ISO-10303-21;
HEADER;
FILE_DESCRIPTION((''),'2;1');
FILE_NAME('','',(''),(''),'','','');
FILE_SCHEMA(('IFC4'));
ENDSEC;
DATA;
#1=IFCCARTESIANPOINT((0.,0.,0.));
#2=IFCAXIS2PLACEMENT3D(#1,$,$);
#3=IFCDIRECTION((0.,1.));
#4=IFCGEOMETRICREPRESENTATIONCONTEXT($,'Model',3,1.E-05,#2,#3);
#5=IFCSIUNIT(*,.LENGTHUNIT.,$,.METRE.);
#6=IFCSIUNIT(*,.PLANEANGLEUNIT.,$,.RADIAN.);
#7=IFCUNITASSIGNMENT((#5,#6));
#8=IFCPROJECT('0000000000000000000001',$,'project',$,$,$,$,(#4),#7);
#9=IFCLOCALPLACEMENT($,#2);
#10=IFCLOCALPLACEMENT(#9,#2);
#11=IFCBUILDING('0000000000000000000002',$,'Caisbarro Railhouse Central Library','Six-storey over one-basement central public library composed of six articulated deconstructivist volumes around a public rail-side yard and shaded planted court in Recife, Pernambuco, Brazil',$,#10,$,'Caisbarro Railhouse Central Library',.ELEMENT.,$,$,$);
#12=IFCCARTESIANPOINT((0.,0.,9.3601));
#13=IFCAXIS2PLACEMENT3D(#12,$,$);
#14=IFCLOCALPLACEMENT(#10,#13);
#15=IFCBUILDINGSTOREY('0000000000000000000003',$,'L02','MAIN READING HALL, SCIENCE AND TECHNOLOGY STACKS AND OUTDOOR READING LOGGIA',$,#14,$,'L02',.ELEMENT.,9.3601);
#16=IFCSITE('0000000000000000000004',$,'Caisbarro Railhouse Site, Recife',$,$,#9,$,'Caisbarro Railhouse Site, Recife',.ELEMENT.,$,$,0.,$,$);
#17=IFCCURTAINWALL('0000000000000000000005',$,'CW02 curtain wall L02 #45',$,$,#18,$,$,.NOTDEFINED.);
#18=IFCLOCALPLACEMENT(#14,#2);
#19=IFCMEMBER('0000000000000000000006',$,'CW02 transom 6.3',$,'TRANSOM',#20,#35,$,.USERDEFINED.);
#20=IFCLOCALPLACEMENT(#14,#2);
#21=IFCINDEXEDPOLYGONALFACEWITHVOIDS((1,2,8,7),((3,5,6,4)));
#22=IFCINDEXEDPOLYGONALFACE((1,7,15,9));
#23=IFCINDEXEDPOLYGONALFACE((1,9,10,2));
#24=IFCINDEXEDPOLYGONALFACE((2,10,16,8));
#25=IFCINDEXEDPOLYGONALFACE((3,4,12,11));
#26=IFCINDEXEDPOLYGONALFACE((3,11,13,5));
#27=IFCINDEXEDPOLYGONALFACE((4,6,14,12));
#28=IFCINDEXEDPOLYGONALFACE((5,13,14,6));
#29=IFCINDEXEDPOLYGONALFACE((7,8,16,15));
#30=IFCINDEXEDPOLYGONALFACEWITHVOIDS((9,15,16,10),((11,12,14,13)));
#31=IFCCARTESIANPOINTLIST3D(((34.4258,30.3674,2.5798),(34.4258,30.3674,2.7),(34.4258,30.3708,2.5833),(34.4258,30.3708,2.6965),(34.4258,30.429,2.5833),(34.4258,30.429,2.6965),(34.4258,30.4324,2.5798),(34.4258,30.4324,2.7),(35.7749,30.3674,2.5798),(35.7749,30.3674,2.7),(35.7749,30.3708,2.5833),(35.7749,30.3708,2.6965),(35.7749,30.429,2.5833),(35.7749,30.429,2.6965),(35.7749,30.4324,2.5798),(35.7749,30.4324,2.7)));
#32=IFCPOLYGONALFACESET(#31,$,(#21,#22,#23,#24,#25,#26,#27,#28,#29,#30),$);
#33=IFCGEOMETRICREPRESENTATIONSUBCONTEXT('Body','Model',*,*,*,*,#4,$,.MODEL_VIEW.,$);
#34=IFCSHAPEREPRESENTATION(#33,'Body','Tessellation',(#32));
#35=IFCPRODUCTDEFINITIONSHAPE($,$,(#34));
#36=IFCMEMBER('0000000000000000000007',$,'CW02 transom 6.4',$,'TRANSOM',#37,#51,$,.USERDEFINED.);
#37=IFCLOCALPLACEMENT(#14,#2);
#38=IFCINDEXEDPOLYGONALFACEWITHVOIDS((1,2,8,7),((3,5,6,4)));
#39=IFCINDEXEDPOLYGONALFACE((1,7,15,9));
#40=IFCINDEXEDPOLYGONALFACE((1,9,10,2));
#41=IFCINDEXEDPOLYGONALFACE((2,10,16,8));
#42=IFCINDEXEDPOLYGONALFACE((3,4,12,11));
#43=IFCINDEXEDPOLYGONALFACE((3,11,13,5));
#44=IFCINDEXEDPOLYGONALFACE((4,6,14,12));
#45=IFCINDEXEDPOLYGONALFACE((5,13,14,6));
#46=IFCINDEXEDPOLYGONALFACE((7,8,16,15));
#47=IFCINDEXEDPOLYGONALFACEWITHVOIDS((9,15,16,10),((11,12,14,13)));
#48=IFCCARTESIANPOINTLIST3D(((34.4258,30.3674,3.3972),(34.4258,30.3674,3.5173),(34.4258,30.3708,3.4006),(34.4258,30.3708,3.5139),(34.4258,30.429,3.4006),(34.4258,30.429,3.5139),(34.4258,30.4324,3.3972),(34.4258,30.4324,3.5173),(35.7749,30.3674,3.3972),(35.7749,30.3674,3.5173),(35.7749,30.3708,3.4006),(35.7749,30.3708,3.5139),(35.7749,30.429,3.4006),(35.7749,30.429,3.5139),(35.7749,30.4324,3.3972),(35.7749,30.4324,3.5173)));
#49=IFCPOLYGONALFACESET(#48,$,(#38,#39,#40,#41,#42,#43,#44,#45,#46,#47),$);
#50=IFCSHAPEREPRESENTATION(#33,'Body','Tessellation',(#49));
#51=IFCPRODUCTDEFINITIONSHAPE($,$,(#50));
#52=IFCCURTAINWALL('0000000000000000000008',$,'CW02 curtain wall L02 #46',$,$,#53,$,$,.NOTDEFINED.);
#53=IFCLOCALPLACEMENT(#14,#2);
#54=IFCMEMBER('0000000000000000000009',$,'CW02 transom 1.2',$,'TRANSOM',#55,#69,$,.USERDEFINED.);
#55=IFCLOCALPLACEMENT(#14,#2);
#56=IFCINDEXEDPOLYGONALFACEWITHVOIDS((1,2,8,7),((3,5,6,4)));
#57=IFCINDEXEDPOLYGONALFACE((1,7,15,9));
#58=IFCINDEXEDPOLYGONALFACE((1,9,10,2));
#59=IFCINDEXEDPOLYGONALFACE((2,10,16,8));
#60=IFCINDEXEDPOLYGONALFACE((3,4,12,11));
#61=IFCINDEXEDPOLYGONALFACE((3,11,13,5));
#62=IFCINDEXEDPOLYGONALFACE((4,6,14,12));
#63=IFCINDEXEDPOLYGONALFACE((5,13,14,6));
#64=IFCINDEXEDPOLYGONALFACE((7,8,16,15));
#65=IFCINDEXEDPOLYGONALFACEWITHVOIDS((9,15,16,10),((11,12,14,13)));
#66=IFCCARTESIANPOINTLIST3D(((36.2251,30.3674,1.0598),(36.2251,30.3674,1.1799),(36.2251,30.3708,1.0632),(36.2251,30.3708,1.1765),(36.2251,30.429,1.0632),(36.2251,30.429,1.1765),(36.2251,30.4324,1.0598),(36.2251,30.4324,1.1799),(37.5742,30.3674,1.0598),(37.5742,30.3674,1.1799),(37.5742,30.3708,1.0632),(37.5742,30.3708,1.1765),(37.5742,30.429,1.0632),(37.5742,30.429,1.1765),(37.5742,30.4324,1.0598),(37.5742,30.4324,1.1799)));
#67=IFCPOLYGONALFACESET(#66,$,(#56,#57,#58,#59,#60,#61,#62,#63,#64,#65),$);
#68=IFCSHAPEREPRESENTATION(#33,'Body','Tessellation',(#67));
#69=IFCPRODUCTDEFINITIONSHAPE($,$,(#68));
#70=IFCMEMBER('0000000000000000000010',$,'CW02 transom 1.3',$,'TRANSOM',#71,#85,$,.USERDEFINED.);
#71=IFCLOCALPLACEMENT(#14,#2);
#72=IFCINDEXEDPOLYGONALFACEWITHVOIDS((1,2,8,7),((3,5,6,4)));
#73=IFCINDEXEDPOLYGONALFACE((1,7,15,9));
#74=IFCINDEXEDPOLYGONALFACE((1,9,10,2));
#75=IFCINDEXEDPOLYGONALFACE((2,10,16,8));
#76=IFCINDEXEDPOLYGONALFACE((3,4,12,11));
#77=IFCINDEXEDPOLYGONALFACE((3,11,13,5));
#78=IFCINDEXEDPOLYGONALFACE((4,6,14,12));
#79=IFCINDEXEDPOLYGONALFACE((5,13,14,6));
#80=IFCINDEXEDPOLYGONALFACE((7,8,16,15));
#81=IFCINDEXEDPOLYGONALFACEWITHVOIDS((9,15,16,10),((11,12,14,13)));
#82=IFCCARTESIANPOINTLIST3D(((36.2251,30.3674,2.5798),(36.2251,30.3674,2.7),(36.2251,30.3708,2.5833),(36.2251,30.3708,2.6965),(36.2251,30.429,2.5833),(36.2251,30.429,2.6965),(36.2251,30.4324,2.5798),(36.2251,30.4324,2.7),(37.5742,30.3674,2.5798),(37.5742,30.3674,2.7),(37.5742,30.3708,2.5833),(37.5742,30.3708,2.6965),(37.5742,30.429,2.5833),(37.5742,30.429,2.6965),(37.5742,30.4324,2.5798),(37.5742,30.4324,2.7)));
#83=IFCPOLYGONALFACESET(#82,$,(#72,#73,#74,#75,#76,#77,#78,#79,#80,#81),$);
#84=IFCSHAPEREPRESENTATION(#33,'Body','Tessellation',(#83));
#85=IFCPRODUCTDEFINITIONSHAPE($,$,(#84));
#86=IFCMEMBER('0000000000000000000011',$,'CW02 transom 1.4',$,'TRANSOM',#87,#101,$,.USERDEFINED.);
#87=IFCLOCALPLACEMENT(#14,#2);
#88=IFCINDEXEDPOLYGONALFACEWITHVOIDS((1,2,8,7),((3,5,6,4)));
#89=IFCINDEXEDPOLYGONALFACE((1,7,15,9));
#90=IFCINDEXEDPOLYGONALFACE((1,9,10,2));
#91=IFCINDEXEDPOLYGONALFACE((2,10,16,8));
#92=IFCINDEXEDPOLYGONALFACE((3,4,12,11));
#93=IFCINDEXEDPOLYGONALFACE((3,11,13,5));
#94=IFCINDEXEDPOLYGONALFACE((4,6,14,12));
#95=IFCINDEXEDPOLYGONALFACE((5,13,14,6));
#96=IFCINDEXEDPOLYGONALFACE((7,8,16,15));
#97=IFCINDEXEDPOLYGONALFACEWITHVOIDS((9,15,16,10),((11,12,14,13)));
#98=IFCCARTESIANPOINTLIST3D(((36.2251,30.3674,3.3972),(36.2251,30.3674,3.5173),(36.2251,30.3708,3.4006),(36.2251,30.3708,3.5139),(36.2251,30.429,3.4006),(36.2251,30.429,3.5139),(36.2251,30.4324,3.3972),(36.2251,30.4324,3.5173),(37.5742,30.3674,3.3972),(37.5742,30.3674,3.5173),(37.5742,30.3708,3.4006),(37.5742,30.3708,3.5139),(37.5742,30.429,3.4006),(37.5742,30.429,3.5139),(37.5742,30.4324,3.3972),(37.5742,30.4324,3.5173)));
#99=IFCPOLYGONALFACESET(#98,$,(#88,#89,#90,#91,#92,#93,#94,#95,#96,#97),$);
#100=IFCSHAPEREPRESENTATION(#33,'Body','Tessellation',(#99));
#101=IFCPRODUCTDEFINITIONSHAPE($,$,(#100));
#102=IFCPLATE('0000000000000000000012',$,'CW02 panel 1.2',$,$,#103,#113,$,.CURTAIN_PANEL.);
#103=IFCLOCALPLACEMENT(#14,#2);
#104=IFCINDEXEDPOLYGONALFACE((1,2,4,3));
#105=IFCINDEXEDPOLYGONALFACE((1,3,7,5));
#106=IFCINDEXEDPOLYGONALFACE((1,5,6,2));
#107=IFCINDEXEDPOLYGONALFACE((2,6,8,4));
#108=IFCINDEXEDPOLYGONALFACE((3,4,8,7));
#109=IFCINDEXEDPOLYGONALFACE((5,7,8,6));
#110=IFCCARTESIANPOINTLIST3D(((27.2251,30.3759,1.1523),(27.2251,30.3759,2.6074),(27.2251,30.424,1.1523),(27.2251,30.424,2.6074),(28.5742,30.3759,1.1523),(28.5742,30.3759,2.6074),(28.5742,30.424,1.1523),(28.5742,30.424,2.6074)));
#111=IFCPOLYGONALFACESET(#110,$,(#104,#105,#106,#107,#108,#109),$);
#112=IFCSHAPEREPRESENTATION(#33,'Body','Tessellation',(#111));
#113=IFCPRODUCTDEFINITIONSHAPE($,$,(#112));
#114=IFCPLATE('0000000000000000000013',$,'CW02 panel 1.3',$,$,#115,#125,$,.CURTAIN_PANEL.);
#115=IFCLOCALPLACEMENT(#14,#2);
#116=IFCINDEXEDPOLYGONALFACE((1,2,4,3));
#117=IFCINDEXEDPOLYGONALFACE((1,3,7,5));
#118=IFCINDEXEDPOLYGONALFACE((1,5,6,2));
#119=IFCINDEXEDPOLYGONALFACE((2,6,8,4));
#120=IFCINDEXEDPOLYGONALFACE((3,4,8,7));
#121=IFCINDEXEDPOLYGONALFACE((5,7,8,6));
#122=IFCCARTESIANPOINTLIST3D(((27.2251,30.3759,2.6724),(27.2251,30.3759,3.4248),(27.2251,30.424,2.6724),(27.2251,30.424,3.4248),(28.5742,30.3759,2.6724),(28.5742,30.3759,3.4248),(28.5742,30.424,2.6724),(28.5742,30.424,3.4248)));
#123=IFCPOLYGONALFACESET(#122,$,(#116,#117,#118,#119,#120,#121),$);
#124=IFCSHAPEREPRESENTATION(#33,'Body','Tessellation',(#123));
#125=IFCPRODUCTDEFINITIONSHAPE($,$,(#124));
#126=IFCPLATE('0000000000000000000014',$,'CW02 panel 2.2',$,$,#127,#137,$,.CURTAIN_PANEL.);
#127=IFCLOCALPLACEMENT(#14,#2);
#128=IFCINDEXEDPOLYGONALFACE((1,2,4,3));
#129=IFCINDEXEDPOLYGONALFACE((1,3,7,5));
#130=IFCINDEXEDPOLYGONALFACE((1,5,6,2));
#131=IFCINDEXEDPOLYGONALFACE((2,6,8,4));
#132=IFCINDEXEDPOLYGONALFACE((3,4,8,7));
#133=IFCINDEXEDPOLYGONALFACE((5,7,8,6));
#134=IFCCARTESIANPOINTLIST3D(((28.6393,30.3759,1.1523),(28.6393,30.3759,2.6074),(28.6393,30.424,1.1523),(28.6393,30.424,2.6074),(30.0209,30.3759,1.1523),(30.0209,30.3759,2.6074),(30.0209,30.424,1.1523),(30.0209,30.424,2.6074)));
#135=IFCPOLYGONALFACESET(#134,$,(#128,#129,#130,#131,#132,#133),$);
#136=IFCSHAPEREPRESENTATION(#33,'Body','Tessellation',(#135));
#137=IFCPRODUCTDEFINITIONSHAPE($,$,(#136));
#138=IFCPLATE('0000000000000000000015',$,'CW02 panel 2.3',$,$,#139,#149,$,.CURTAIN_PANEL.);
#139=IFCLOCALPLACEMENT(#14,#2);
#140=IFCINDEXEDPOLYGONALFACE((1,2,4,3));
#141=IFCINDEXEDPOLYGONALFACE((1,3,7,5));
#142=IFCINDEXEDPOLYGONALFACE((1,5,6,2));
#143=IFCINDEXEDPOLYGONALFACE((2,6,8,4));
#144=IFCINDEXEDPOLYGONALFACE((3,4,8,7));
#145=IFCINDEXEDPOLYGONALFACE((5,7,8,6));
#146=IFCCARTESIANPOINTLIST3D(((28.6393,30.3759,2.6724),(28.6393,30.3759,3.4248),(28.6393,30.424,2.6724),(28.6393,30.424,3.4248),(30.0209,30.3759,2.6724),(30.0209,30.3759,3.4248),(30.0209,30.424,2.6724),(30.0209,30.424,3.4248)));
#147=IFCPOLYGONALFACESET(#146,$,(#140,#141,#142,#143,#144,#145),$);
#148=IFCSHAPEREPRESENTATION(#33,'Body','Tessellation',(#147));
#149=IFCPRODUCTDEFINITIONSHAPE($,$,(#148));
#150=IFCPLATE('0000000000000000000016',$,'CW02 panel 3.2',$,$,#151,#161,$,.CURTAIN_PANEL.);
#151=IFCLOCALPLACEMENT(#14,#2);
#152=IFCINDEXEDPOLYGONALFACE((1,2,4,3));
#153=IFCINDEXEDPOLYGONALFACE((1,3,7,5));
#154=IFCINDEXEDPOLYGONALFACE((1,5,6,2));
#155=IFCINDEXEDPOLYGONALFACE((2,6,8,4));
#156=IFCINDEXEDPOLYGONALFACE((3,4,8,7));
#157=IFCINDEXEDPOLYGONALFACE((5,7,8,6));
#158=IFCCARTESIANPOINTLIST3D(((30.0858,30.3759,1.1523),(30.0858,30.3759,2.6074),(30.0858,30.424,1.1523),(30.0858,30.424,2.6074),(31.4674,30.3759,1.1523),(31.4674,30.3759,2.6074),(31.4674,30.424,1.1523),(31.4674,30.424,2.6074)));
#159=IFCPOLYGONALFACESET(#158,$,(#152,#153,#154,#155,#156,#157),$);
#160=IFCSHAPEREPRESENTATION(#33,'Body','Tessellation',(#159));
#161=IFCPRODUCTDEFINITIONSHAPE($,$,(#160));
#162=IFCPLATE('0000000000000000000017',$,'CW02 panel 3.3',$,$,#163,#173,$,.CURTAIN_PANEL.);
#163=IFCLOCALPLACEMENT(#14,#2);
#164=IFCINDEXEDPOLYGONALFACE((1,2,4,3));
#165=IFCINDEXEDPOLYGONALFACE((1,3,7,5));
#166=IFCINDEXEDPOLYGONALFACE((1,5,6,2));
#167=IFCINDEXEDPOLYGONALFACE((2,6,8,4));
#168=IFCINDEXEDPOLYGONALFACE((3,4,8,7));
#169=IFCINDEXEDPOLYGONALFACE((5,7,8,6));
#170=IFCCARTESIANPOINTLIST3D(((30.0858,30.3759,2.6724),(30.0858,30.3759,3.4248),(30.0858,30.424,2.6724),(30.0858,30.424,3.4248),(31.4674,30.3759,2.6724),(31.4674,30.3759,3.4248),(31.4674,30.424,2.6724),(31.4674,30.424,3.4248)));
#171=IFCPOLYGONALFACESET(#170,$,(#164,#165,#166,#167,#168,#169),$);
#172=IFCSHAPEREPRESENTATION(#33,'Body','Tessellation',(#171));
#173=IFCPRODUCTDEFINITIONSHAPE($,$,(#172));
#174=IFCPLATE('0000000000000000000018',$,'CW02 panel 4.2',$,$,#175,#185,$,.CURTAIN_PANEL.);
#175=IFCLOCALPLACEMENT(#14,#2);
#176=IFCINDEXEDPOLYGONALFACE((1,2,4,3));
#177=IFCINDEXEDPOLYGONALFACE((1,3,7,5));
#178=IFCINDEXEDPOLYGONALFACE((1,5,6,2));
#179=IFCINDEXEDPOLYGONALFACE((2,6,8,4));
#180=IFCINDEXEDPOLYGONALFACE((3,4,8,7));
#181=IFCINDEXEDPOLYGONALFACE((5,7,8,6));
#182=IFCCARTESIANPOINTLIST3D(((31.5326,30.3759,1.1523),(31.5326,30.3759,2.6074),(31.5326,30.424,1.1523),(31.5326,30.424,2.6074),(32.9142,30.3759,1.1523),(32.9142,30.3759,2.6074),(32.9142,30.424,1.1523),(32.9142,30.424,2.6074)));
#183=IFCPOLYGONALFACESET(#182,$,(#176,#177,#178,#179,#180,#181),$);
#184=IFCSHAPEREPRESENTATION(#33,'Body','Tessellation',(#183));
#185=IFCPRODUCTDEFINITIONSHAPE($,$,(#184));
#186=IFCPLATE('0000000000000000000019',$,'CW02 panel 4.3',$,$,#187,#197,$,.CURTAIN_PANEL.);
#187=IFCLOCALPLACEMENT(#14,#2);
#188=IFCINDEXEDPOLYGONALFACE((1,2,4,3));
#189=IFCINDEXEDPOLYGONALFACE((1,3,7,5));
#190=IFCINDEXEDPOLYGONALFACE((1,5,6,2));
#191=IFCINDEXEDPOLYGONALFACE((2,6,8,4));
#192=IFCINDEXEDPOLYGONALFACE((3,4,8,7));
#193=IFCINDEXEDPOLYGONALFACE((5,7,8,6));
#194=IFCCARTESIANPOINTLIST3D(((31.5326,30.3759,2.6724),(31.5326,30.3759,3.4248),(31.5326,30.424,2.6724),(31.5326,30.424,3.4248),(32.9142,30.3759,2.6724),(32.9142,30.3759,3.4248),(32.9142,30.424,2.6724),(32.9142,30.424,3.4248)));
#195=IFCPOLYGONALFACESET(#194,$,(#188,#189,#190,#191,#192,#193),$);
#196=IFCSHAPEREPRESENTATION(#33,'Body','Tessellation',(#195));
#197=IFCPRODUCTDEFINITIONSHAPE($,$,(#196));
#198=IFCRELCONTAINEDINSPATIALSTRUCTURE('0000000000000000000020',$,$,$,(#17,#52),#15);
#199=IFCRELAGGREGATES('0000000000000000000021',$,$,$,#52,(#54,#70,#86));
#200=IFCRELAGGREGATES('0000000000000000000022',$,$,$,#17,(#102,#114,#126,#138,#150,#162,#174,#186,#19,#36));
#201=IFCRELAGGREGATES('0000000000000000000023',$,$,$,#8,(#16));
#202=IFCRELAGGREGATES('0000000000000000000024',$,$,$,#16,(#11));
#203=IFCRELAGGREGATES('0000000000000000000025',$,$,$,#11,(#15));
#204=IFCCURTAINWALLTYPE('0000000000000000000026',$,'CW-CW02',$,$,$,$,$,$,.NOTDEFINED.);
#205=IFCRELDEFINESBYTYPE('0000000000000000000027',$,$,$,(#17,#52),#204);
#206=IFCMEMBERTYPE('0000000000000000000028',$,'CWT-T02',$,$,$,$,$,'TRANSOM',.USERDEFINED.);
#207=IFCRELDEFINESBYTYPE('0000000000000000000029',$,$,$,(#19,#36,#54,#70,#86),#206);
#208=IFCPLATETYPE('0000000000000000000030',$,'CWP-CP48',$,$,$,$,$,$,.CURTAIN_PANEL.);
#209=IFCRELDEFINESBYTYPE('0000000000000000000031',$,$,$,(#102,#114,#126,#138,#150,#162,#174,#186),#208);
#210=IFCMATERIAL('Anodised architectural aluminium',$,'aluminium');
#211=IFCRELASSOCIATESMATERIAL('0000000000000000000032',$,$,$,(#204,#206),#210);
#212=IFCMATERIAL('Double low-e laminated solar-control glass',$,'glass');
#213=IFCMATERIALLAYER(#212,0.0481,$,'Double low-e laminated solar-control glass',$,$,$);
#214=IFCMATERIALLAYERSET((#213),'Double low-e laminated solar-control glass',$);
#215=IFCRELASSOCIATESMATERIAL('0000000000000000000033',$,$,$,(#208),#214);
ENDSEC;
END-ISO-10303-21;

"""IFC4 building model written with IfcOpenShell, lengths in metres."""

from ifc_helpers import new_model, si_unit, direction, frame, origin, origin_2d, place, context, subcontext, project, spatial, rectangle, hollow_rectangle, extrude, material, layer, layer_set, material_profile, profile_set, type_object, element, aggregate, save


model = new_model("IFC4")

# Units and contexts
model_context = context("Model", 3, precision=1e-05, world=origin(), true_north=direction((0.0, 1.0)))
body_context = subcontext(model_context, "Body", "Model", "MODEL_VIEW")
ifc_project = project(units=[si_unit("LENGTHUNIT", "METRE"), si_unit("PLANEANGLEUNIT", "RADIAN")], contexts=[model_context])

# Site, building, storey
site_placement = place(None, origin())
site = spatial("IfcSite", under=ifc_project, at=site_placement, Name="Caisbarro Railhouse Site, Recife", LongName="Caisbarro Railhouse Site, Recife", CompositionType="ELEMENT", RefElevation=0.0)
building_placement = place(site_placement, origin())
building = spatial("IfcBuilding", under=site, at=building_placement, Name="Caisbarro Railhouse Central Library", Description="Six-storey over one-basement central public library composed of six articulated deconstructivist volumes around a public rail-side yard and shaded planted court in Recife, Pernambuco, Brazil", LongName="Caisbarro Railhouse Central Library", CompositionType="ELEMENT")
storey_placement = place(building_placement, frame((0.0, 0.0, 9.3601)))
storey = spatial("IfcBuildingStorey", under=building, at=storey_placement, Name="L02", Description="MAIN READING HALL, SCIENCE AND TECHNOLOGY STACKS AND OUTDOOR READING LOGGIA", LongName="L02", CompositionType="ELEMENT", Elevation=9.3601)

# Curtain walls, members
ifc_material_1 = material(Name="Anodised architectural aluminium", Category="aluminium")
curtain_wall_type = type_object("IfcCurtainWallType", Name="CW-CW02", PredefinedType="NOTDEFINED", material=ifc_material_1)
curtain_wall_1_placement = place(storey_placement, origin())
curtain_wall_1 = element("IfcCurtainWall", 1, at=curtain_wall_1_placement, inside=storey, type_object=curtain_wall_type, Name="CW02 curtain wall L02 #45", PredefinedType="NOTDEFINED")
ifc_material_profile = material_profile(ifc_material_1, hollow_rectangle(XDim=0.0649, YDim=0.1201, WallThickness=0.0034, at=origin_2d()), Name="ALU-TRN-65X120")
ifc_profile_set = profile_set([ifc_material_profile], Name="Anodised architectural aluminium")
member_type = type_object("IfcMemberType", Name="CWT-T02", ElementType="TRANSOM", PredefinedType="USERDEFINED", material=ifc_profile_set)
member_1_placement = place(storey_placement, frame((34.4258, 30.3999, 2.6399), z_axis=(1.0, 0.0, 0.0), x_axis=(0.0, 1.0, 0.0)))
member_1 = element("IfcMember", 2, at=member_1_placement, type_object=member_type, Name="CW02 transom 6.3", ObjectType="TRANSOM", PredefinedType="USERDEFINED", context=body_context, shape_type="SweptSolid", body=[
    extrude(hollow_rectangle(XDim=0.0649, YDim=0.1201, WallThickness=0.0034, at=origin_2d()), origin(), (0.0, 0.0, 1.0), 1.3491),
])
member_2_placement = place(storey_placement, frame((34.4258, 30.3999, 3.4573), z_axis=(1.0, 0.0, 0.0), x_axis=(0.0, 1.0, 0.0)))
member_2 = element("IfcMember", 3, at=member_2_placement, type_object=member_type, Name="CW02 transom 6.4", ObjectType="TRANSOM", PredefinedType="USERDEFINED", context=body_context, shape_type="SweptSolid", body=[
    extrude(hollow_rectangle(XDim=0.0649, YDim=0.1201, WallThickness=0.0034, at=origin_2d()), origin(), (0.0, 0.0, 1.0), 1.3491),
])
curtain_wall_2_placement = place(storey_placement, origin())
curtain_wall_2 = element("IfcCurtainWall", 4, at=curtain_wall_2_placement, inside=storey, type_object=curtain_wall_type, Name="CW02 curtain wall L02 #46", PredefinedType="NOTDEFINED")
member_3_placement = place(storey_placement, frame((36.2251, 30.3999, 1.1199), z_axis=(1.0, 0.0, 0.0), x_axis=(0.0, 1.0, 0.0)))
member_3 = element("IfcMember", 5, at=member_3_placement, type_object=member_type, Name="CW02 transom 1.2", ObjectType="TRANSOM", PredefinedType="USERDEFINED", context=body_context, shape_type="SweptSolid", body=[
    extrude(hollow_rectangle(XDim=0.0649, YDim=0.1201, WallThickness=0.0034, at=origin_2d()), origin(), (0.0, 0.0, 1.0), 1.3491),
])
member_4_placement = place(storey_placement, frame((36.2251, 30.3999, 2.6399), z_axis=(1.0, 0.0, 0.0), x_axis=(0.0, 1.0, 0.0)))
member_4 = element("IfcMember", 6, at=member_4_placement, type_object=member_type, Name="CW02 transom 1.3", ObjectType="TRANSOM", PredefinedType="USERDEFINED", context=body_context, shape_type="SweptSolid", body=[
    extrude(hollow_rectangle(XDim=0.0649, YDim=0.1201, WallThickness=0.0034, at=origin_2d()), origin(), (0.0, 0.0, 1.0), 1.3491),
])
member_5_placement = place(storey_placement, frame((36.2251, 30.3999, 3.4573), z_axis=(1.0, 0.0, 0.0), x_axis=(0.0, 1.0, 0.0)))
member_5 = element("IfcMember", 7, at=member_5_placement, type_object=member_type, Name="CW02 transom 1.4", ObjectType="TRANSOM", PredefinedType="USERDEFINED", context=body_context, shape_type="SweptSolid", body=[
    extrude(hollow_rectangle(XDim=0.0649, YDim=0.1201, WallThickness=0.0034, at=origin_2d()), origin(), (0.0, 0.0, 1.0), 1.3491),
])
aggregate(curtain_wall_2, [member_3, member_4, member_5])

# Plates
ifc_material_2 = material(Name="Double low-e laminated solar-control glass", Category="glass")
ifc_layer_1 = layer(ifc_material_2, 0.0481, Name="Double low-e laminated solar-control glass")
ifc_layer_set_1 = layer_set([ifc_layer_1], Name="Double low-e laminated solar-control glass")
plate_type_1 = type_object("IfcPlateType", Name="CWP-CP48", PredefinedType="CURTAIN_PANEL", material=ifc_layer_set_1)
plate_1_placement = place(storey_placement, frame((27.8997, 30.3999, 1.1523), z_axis=(0.0, 0.0, 1.0), x_axis=(1.0, 0.0, 0.0)))
plate_1 = element("IfcPlate", 8, at=plate_1_placement, type_object=plate_type_1, Name="CW02 panel 1.2", PredefinedType="CURTAIN_PANEL", context=body_context, shape_type="SweptSolid", body=[
    extrude(rectangle(XDim=1.3491, YDim=0.0481, at=origin_2d()), origin(), (0.0, 0.0, 1.0), 1.4551),
])
plate_2_placement = place(storey_placement, frame((27.8997, 30.3999, 2.6724), z_axis=(0.0, 0.0, 1.0), x_axis=(1.0, 0.0, 0.0)))
plate_2 = element("IfcPlate", 9, at=plate_2_placement, type_object=plate_type_1, Name="CW02 panel 1.3", PredefinedType="CURTAIN_PANEL", context=body_context, shape_type="SweptSolid", body=[
    extrude(rectangle(XDim=1.3491, YDim=0.0481, at=origin_2d()), origin(), (0.0, 0.0, 1.0), 0.7524),
])
plate_3_placement = place(storey_placement, frame((29.3301, 30.3999, 1.1523), z_axis=(0.0, 0.0, 1.0), x_axis=(1.0, 0.0, 0.0)))
plate_3 = element("IfcPlate", 10, at=plate_3_placement, type_object=plate_type_1, Name="CW02 panel 2.2", PredefinedType="CURTAIN_PANEL", context=body_context, shape_type="SweptSolid", body=[
    extrude(rectangle(XDim=1.3816, YDim=0.0481, at=origin_2d()), origin(), (0.0, 0.0, 1.0), 1.4551),
])
plate_4_placement = place(storey_placement, frame((29.3301, 30.3999, 2.6724), z_axis=(0.0, 0.0, 1.0), x_axis=(1.0, 0.0, 0.0)))
plate_4 = element("IfcPlate", 11, at=plate_4_placement, type_object=plate_type_1, Name="CW02 panel 2.3", PredefinedType="CURTAIN_PANEL", context=body_context, shape_type="SweptSolid", body=[
    extrude(rectangle(XDim=1.3816, YDim=0.0481, at=origin_2d()), origin(), (0.0, 0.0, 1.0), 0.7524),
])
plate_5_placement = place(storey_placement, frame((30.7766, 30.3999, 1.1523), z_axis=(0.0, 0.0, 1.0), x_axis=(1.0, 0.0, 0.0)))
plate_5 = element("IfcPlate", 12, at=plate_5_placement, type_object=plate_type_1, Name="CW02 panel 3.2", PredefinedType="CURTAIN_PANEL", context=body_context, shape_type="SweptSolid", body=[
    extrude(rectangle(XDim=1.3816, YDim=0.0481, at=origin_2d()), origin(), (0.0, 0.0, 1.0), 1.4551),
])
plate_6_placement = place(storey_placement, frame((30.7766, 30.3999, 2.6724), z_axis=(0.0, 0.0, 1.0), x_axis=(1.0, 0.0, 0.0)))
plate_6 = element("IfcPlate", 13, at=plate_6_placement, type_object=plate_type_1, Name="CW02 panel 3.3", PredefinedType="CURTAIN_PANEL", context=body_context, shape_type="SweptSolid", body=[
    extrude(rectangle(XDim=1.3816, YDim=0.0481, at=origin_2d()), origin(), (0.0, 0.0, 1.0), 0.7524),
])
plate_7_placement = place(storey_placement, frame((32.2234, 30.3999, 1.1523), z_axis=(0.0, 0.0, 1.0), x_axis=(1.0, 0.0, 0.0)))
plate_7 = element("IfcPlate", 14, at=plate_7_placement, type_object=plate_type_1, Name="CW02 panel 4.2", PredefinedType="CURTAIN_PANEL", context=body_context, shape_type="SweptSolid", body=[
    extrude(rectangle(XDim=1.3816, YDim=0.0481, at=origin_2d()), origin(), (0.0, 0.0, 1.0), 1.4551),
])
plate_8_placement = place(storey_placement, frame((32.2234, 30.3999, 2.6724), z_axis=(0.0, 0.0, 1.0), x_axis=(1.0, 0.0, 0.0)))
plate_8 = element("IfcPlate", 15, at=plate_8_placement, type_object=plate_type_1, Name="CW02 panel 4.3", PredefinedType="CURTAIN_PANEL", context=body_context, shape_type="SweptSolid", body=[
    extrude(rectangle(XDim=1.3816, YDim=0.0481, at=origin_2d()), origin(), (0.0, 0.0, 1.0), 0.7524),
])
aggregate(curtain_wall_1, [plate_1, plate_2, plate_3, plate_4, plate_5, plate_6, plate_7, plate_8, member_1, member_2])

save(model, "model.ifc")
